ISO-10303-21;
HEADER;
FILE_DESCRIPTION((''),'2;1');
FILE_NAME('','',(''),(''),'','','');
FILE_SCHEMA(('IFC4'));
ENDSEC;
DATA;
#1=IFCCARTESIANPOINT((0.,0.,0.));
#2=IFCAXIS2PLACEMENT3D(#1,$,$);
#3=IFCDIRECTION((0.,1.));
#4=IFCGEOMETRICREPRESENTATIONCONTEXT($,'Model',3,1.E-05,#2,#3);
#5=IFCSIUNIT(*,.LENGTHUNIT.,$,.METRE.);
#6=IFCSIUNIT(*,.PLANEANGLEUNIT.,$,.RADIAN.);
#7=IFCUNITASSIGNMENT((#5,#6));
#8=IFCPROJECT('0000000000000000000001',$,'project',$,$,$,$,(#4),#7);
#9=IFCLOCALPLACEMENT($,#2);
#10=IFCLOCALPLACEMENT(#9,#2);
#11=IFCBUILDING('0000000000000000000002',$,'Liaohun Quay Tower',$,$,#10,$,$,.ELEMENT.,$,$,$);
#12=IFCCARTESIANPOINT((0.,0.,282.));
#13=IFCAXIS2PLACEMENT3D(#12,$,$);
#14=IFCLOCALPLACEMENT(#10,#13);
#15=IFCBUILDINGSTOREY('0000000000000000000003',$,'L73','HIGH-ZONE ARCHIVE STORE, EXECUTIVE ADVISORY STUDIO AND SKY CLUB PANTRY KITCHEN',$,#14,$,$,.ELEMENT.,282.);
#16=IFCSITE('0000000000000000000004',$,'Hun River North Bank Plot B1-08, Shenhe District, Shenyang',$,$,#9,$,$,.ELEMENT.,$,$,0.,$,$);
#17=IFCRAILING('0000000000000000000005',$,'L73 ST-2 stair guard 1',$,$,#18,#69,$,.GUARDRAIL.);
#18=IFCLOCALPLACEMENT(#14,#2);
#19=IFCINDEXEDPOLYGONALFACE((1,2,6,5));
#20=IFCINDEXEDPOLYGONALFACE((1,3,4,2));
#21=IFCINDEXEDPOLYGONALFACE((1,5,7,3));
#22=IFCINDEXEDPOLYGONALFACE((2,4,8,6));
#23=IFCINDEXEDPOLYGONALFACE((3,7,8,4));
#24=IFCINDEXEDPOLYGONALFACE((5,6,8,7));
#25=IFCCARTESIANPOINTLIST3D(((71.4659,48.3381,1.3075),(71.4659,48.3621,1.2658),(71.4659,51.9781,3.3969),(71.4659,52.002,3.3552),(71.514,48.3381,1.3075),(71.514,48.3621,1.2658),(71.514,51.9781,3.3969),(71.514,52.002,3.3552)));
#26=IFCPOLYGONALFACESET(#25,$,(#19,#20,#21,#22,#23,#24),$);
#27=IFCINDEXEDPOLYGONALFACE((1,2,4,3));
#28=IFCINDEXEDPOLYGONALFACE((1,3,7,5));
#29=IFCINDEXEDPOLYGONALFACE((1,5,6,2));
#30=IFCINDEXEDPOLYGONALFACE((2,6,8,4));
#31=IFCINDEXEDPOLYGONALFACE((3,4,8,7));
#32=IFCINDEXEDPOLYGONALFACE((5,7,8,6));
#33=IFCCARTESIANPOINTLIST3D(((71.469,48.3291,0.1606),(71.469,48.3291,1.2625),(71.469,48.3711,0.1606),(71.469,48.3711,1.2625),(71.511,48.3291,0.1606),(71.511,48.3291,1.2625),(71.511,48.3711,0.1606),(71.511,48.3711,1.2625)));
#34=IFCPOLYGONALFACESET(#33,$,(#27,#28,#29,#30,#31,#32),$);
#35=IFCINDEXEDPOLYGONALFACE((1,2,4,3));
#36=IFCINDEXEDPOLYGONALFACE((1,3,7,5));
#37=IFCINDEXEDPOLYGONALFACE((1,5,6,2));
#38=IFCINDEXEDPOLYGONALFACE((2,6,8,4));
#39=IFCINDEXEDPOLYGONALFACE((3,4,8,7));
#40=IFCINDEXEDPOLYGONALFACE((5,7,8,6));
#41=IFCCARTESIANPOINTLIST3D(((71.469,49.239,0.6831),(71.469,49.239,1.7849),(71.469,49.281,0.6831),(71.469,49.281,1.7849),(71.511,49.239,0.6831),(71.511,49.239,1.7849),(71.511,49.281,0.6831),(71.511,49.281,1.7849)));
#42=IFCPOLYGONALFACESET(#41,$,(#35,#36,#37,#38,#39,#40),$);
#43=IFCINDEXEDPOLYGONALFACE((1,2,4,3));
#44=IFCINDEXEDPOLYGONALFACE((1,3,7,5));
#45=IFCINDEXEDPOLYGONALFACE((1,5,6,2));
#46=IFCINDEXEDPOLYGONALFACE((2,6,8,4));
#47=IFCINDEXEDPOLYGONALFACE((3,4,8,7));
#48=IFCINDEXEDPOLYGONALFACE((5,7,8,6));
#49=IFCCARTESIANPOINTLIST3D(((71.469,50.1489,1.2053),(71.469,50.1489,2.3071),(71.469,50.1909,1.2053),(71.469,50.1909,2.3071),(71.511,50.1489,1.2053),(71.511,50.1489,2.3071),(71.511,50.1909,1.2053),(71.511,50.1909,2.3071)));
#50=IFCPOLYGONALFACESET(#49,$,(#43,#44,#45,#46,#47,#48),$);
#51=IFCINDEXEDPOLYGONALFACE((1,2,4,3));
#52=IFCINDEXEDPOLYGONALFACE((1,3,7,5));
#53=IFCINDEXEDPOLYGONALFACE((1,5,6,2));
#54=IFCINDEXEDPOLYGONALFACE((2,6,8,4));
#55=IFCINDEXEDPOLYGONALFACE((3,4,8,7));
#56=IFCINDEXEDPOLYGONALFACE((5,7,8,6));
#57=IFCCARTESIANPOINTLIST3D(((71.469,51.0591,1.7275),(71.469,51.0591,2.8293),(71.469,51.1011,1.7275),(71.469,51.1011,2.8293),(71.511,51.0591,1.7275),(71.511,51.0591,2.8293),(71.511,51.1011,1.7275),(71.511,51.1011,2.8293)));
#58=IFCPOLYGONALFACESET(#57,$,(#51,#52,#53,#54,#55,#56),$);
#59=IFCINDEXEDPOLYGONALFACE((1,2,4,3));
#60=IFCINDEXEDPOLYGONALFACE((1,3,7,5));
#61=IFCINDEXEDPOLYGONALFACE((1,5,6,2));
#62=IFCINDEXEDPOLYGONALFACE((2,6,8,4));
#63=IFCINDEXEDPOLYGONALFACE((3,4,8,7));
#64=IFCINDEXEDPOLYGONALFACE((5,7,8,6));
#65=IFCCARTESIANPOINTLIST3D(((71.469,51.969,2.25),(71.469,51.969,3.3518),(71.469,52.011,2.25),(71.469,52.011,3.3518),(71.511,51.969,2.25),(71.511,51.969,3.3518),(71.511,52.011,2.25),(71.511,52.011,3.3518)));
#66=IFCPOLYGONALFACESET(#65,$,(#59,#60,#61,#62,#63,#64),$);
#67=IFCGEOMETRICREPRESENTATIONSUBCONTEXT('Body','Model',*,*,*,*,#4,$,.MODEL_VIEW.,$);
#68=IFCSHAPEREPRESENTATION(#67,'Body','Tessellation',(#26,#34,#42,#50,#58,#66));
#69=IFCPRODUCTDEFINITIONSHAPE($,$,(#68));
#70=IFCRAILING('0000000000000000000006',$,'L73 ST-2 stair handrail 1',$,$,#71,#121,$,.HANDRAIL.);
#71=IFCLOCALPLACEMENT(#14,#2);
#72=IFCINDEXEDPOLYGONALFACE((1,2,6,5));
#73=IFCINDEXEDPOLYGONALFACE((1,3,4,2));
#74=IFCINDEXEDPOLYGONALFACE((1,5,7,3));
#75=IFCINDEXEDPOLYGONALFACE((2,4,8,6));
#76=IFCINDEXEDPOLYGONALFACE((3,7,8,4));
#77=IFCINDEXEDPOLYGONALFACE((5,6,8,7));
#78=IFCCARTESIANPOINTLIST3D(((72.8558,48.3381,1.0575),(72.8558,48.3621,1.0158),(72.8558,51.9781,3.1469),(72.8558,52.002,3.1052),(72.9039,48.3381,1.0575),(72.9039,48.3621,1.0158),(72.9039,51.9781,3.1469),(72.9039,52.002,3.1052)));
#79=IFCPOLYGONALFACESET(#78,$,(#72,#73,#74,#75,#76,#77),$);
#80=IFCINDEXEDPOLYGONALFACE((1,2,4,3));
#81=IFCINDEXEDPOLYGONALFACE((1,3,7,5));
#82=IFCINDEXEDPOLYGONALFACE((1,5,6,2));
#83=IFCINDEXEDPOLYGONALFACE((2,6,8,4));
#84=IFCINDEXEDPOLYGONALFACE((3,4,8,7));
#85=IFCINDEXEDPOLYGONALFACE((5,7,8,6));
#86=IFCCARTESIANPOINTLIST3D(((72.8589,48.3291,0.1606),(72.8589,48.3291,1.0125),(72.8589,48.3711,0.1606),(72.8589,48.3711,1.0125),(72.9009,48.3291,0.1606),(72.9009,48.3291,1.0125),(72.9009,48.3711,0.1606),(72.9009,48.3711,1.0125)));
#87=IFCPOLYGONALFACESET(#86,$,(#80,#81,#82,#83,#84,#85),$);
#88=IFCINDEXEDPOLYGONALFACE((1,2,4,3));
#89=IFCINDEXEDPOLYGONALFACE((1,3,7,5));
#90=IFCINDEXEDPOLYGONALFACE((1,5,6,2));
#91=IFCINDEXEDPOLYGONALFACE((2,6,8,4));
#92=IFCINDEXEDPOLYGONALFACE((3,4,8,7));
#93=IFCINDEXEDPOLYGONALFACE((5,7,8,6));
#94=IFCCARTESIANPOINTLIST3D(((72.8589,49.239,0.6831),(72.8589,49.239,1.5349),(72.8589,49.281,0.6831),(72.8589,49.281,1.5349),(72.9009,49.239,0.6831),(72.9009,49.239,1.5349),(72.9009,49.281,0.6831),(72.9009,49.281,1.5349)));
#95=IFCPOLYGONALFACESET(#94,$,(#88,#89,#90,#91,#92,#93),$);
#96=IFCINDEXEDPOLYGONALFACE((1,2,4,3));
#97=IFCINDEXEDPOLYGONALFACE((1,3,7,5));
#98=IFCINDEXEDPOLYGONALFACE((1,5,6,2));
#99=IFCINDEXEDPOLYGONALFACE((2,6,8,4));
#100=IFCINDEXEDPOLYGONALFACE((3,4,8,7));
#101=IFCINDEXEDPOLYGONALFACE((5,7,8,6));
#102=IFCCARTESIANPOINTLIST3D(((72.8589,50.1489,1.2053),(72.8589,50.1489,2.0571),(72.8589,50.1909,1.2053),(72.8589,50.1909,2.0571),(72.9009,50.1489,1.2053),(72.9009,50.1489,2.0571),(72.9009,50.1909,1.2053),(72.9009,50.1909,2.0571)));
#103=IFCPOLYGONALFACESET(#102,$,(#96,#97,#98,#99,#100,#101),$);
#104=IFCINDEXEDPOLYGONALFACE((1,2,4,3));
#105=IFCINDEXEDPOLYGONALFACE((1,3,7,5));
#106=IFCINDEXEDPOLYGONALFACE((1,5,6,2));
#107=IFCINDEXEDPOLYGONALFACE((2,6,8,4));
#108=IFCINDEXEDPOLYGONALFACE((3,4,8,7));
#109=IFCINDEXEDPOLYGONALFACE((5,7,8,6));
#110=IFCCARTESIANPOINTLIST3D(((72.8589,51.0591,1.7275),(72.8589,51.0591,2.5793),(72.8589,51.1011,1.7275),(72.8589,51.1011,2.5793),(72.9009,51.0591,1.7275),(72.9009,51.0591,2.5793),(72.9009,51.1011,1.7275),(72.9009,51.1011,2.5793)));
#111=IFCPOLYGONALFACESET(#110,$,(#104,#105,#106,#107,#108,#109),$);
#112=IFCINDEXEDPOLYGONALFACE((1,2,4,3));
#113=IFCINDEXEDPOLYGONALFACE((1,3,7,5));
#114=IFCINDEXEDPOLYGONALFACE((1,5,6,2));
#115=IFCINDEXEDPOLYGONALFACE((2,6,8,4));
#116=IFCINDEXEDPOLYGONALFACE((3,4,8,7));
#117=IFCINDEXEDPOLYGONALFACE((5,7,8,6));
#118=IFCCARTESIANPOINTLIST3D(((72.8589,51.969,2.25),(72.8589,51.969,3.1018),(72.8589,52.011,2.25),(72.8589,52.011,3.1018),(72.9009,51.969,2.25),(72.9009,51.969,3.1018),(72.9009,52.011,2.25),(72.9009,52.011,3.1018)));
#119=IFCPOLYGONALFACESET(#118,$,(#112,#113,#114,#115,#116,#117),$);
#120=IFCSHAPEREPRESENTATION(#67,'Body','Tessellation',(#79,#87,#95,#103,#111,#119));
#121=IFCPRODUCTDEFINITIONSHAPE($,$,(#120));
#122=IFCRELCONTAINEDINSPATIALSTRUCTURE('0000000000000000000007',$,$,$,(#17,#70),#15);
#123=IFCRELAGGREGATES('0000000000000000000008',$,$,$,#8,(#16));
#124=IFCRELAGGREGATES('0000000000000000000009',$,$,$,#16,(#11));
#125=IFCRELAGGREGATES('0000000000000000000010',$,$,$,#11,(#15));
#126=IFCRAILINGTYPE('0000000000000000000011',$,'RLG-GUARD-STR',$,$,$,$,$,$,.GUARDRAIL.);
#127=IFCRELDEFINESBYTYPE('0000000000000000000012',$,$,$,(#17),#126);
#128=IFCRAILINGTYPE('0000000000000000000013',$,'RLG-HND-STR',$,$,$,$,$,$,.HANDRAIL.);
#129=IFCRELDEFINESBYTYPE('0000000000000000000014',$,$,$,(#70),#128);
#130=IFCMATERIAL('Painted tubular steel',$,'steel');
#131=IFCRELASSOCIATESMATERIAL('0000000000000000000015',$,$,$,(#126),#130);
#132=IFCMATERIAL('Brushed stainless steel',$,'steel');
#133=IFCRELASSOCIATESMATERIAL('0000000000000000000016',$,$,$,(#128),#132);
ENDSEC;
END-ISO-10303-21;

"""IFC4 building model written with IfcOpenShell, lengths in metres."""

from ifc_helpers import new_model, si_unit, direction, frame, origin, origin_2d, place, context, subcontext, project, spatial, rectangle, extrude, material, type_object, element, save


model = new_model("IFC4")

# Units and contexts
model_context = context("Model", 3, precision=1e-05, world=origin(), true_north=direction((0.0, 1.0)))
body_context = subcontext(model_context, "Body", "Model", "MODEL_VIEW")
ifc_project = project(units=[si_unit("LENGTHUNIT", "METRE"), si_unit("PLANEANGLEUNIT", "RADIAN")], contexts=[model_context])

# Site, building, storey
site_placement = place(None, origin())
site = spatial("IfcSite", under=ifc_project, at=site_placement, Name="Hun River North Bank Plot B1-08, Shenhe District, Shenyang", CompositionType="ELEMENT", RefElevation=0.0)
building_placement = place(site_placement, origin())
building = spatial("IfcBuilding", under=site, at=building_placement, Name="Liaohun Quay Tower", CompositionType="ELEMENT")
storey_placement = place(building_placement, frame((0.0, 0.0, 282.0)))
storey = spatial("IfcBuildingStorey", under=building, at=storey_placement, Name="L73", Description="HIGH-ZONE ARCHIVE STORE, EXECUTIVE ADVISORY STUDIO AND SKY CLUB PANTRY KITCHEN", CompositionType="ELEMENT", Elevation=282.0)

# Railings
ifc_material_1 = material(Name="Painted tubular steel", Category="steel")
railing_type_1 = type_object("IfcRailingType", Name="RLG-GUARD-STR", PredefinedType="GUARDRAIL", material=ifc_material_1)
railing_1_placement = place(storey_placement, frame((71.49, 48.3501, 0.1606)))
element("IfcRailing", 1, at=railing_1_placement, inside=storey, type_object=railing_type_1, Name="L73 ST-2 stair guard 1", PredefinedType="GUARDRAIL", context=body_context, shape_type="SweptSolid", body=[
    extrude(rectangle(XDim=0.0481, YDim=0.0481, at=origin_2d()), frame((0.0, 0.0, 1.126), z_axis=(0.0, 0.867275, 0.497829), x_axis=(-1.0, 0.0, 0.0)), (0.0, 0.0, 1.0), 4.197),
    extrude(rectangle(XDim=0.042, YDim=0.042, at=origin_2d()), origin(), (0.0, 0.0, 1.0), 1.1018),
    extrude(rectangle(XDim=0.042, YDim=0.042, at=origin_2d()), frame((0.0, 0.9099, 0.5225)), (0.0, 0.0, 1.0), 1.1018),
    extrude(rectangle(XDim=0.042, YDim=0.042, at=origin_2d()), frame((0.0, 1.8198, 1.0447)), (0.0, 0.0, 1.0), 1.1018),
    extrude(rectangle(XDim=0.042, YDim=0.042, at=origin_2d()), frame((0.0, 2.73, 1.5669)), (0.0, 0.0, 1.0), 1.1018),
    extrude(rectangle(XDim=0.042, YDim=0.042, at=origin_2d()), frame((0.0, 3.6399, 2.0894)), (0.0, 0.0, 1.0), 1.1018),
])
ifc_material_2 = material(Name="Brushed stainless steel", Category="steel")
railing_type_2 = type_object("IfcRailingType", Name="RLG-HND-STR", PredefinedType="HANDRAIL", material=ifc_material_2)
railing_2_placement = place(storey_placement, frame((72.8799, 48.3501, 0.1606)))
element("IfcRailing", 2, at=railing_2_placement, inside=storey, type_object=railing_type_2, Name="L73 ST-2 stair handrail 1", PredefinedType="HANDRAIL", context=body_context, shape_type="SweptSolid", body=[
    extrude(rectangle(XDim=0.0481, YDim=0.0481, at=origin_2d()), frame((0.0, 0.0, 0.876), z_axis=(0.0, 0.867275, 0.497829), x_axis=(-1.0, 0.0, 0.0)), (0.0, 0.0, 1.0), 4.197),
    extrude(rectangle(XDim=0.042, YDim=0.042, at=origin_2d()), origin(), (0.0, 0.0, 1.0), 0.8518),
    extrude(rectangle(XDim=0.042, YDim=0.042, at=origin_2d()), frame((0.0, 0.9099, 0.5225)), (0.0, 0.0, 1.0), 0.8518),
    extrude(rectangle(XDim=0.042, YDim=0.042, at=origin_2d()), frame((0.0, 1.8198, 1.0447)), (0.0, 0.0, 1.0), 0.8518),
    extrude(rectangle(XDim=0.042, YDim=0.042, at=origin_2d()), frame((0.0, 2.73, 1.5669)), (0.0, 0.0, 1.0), 0.8518),
    extrude(rectangle(XDim=0.042, YDim=0.042, at=origin_2d()), frame((0.0, 3.6399, 2.0894)), (0.0, 0.0, 1.0), 0.8518),
])

save(model, "model.ifc")
